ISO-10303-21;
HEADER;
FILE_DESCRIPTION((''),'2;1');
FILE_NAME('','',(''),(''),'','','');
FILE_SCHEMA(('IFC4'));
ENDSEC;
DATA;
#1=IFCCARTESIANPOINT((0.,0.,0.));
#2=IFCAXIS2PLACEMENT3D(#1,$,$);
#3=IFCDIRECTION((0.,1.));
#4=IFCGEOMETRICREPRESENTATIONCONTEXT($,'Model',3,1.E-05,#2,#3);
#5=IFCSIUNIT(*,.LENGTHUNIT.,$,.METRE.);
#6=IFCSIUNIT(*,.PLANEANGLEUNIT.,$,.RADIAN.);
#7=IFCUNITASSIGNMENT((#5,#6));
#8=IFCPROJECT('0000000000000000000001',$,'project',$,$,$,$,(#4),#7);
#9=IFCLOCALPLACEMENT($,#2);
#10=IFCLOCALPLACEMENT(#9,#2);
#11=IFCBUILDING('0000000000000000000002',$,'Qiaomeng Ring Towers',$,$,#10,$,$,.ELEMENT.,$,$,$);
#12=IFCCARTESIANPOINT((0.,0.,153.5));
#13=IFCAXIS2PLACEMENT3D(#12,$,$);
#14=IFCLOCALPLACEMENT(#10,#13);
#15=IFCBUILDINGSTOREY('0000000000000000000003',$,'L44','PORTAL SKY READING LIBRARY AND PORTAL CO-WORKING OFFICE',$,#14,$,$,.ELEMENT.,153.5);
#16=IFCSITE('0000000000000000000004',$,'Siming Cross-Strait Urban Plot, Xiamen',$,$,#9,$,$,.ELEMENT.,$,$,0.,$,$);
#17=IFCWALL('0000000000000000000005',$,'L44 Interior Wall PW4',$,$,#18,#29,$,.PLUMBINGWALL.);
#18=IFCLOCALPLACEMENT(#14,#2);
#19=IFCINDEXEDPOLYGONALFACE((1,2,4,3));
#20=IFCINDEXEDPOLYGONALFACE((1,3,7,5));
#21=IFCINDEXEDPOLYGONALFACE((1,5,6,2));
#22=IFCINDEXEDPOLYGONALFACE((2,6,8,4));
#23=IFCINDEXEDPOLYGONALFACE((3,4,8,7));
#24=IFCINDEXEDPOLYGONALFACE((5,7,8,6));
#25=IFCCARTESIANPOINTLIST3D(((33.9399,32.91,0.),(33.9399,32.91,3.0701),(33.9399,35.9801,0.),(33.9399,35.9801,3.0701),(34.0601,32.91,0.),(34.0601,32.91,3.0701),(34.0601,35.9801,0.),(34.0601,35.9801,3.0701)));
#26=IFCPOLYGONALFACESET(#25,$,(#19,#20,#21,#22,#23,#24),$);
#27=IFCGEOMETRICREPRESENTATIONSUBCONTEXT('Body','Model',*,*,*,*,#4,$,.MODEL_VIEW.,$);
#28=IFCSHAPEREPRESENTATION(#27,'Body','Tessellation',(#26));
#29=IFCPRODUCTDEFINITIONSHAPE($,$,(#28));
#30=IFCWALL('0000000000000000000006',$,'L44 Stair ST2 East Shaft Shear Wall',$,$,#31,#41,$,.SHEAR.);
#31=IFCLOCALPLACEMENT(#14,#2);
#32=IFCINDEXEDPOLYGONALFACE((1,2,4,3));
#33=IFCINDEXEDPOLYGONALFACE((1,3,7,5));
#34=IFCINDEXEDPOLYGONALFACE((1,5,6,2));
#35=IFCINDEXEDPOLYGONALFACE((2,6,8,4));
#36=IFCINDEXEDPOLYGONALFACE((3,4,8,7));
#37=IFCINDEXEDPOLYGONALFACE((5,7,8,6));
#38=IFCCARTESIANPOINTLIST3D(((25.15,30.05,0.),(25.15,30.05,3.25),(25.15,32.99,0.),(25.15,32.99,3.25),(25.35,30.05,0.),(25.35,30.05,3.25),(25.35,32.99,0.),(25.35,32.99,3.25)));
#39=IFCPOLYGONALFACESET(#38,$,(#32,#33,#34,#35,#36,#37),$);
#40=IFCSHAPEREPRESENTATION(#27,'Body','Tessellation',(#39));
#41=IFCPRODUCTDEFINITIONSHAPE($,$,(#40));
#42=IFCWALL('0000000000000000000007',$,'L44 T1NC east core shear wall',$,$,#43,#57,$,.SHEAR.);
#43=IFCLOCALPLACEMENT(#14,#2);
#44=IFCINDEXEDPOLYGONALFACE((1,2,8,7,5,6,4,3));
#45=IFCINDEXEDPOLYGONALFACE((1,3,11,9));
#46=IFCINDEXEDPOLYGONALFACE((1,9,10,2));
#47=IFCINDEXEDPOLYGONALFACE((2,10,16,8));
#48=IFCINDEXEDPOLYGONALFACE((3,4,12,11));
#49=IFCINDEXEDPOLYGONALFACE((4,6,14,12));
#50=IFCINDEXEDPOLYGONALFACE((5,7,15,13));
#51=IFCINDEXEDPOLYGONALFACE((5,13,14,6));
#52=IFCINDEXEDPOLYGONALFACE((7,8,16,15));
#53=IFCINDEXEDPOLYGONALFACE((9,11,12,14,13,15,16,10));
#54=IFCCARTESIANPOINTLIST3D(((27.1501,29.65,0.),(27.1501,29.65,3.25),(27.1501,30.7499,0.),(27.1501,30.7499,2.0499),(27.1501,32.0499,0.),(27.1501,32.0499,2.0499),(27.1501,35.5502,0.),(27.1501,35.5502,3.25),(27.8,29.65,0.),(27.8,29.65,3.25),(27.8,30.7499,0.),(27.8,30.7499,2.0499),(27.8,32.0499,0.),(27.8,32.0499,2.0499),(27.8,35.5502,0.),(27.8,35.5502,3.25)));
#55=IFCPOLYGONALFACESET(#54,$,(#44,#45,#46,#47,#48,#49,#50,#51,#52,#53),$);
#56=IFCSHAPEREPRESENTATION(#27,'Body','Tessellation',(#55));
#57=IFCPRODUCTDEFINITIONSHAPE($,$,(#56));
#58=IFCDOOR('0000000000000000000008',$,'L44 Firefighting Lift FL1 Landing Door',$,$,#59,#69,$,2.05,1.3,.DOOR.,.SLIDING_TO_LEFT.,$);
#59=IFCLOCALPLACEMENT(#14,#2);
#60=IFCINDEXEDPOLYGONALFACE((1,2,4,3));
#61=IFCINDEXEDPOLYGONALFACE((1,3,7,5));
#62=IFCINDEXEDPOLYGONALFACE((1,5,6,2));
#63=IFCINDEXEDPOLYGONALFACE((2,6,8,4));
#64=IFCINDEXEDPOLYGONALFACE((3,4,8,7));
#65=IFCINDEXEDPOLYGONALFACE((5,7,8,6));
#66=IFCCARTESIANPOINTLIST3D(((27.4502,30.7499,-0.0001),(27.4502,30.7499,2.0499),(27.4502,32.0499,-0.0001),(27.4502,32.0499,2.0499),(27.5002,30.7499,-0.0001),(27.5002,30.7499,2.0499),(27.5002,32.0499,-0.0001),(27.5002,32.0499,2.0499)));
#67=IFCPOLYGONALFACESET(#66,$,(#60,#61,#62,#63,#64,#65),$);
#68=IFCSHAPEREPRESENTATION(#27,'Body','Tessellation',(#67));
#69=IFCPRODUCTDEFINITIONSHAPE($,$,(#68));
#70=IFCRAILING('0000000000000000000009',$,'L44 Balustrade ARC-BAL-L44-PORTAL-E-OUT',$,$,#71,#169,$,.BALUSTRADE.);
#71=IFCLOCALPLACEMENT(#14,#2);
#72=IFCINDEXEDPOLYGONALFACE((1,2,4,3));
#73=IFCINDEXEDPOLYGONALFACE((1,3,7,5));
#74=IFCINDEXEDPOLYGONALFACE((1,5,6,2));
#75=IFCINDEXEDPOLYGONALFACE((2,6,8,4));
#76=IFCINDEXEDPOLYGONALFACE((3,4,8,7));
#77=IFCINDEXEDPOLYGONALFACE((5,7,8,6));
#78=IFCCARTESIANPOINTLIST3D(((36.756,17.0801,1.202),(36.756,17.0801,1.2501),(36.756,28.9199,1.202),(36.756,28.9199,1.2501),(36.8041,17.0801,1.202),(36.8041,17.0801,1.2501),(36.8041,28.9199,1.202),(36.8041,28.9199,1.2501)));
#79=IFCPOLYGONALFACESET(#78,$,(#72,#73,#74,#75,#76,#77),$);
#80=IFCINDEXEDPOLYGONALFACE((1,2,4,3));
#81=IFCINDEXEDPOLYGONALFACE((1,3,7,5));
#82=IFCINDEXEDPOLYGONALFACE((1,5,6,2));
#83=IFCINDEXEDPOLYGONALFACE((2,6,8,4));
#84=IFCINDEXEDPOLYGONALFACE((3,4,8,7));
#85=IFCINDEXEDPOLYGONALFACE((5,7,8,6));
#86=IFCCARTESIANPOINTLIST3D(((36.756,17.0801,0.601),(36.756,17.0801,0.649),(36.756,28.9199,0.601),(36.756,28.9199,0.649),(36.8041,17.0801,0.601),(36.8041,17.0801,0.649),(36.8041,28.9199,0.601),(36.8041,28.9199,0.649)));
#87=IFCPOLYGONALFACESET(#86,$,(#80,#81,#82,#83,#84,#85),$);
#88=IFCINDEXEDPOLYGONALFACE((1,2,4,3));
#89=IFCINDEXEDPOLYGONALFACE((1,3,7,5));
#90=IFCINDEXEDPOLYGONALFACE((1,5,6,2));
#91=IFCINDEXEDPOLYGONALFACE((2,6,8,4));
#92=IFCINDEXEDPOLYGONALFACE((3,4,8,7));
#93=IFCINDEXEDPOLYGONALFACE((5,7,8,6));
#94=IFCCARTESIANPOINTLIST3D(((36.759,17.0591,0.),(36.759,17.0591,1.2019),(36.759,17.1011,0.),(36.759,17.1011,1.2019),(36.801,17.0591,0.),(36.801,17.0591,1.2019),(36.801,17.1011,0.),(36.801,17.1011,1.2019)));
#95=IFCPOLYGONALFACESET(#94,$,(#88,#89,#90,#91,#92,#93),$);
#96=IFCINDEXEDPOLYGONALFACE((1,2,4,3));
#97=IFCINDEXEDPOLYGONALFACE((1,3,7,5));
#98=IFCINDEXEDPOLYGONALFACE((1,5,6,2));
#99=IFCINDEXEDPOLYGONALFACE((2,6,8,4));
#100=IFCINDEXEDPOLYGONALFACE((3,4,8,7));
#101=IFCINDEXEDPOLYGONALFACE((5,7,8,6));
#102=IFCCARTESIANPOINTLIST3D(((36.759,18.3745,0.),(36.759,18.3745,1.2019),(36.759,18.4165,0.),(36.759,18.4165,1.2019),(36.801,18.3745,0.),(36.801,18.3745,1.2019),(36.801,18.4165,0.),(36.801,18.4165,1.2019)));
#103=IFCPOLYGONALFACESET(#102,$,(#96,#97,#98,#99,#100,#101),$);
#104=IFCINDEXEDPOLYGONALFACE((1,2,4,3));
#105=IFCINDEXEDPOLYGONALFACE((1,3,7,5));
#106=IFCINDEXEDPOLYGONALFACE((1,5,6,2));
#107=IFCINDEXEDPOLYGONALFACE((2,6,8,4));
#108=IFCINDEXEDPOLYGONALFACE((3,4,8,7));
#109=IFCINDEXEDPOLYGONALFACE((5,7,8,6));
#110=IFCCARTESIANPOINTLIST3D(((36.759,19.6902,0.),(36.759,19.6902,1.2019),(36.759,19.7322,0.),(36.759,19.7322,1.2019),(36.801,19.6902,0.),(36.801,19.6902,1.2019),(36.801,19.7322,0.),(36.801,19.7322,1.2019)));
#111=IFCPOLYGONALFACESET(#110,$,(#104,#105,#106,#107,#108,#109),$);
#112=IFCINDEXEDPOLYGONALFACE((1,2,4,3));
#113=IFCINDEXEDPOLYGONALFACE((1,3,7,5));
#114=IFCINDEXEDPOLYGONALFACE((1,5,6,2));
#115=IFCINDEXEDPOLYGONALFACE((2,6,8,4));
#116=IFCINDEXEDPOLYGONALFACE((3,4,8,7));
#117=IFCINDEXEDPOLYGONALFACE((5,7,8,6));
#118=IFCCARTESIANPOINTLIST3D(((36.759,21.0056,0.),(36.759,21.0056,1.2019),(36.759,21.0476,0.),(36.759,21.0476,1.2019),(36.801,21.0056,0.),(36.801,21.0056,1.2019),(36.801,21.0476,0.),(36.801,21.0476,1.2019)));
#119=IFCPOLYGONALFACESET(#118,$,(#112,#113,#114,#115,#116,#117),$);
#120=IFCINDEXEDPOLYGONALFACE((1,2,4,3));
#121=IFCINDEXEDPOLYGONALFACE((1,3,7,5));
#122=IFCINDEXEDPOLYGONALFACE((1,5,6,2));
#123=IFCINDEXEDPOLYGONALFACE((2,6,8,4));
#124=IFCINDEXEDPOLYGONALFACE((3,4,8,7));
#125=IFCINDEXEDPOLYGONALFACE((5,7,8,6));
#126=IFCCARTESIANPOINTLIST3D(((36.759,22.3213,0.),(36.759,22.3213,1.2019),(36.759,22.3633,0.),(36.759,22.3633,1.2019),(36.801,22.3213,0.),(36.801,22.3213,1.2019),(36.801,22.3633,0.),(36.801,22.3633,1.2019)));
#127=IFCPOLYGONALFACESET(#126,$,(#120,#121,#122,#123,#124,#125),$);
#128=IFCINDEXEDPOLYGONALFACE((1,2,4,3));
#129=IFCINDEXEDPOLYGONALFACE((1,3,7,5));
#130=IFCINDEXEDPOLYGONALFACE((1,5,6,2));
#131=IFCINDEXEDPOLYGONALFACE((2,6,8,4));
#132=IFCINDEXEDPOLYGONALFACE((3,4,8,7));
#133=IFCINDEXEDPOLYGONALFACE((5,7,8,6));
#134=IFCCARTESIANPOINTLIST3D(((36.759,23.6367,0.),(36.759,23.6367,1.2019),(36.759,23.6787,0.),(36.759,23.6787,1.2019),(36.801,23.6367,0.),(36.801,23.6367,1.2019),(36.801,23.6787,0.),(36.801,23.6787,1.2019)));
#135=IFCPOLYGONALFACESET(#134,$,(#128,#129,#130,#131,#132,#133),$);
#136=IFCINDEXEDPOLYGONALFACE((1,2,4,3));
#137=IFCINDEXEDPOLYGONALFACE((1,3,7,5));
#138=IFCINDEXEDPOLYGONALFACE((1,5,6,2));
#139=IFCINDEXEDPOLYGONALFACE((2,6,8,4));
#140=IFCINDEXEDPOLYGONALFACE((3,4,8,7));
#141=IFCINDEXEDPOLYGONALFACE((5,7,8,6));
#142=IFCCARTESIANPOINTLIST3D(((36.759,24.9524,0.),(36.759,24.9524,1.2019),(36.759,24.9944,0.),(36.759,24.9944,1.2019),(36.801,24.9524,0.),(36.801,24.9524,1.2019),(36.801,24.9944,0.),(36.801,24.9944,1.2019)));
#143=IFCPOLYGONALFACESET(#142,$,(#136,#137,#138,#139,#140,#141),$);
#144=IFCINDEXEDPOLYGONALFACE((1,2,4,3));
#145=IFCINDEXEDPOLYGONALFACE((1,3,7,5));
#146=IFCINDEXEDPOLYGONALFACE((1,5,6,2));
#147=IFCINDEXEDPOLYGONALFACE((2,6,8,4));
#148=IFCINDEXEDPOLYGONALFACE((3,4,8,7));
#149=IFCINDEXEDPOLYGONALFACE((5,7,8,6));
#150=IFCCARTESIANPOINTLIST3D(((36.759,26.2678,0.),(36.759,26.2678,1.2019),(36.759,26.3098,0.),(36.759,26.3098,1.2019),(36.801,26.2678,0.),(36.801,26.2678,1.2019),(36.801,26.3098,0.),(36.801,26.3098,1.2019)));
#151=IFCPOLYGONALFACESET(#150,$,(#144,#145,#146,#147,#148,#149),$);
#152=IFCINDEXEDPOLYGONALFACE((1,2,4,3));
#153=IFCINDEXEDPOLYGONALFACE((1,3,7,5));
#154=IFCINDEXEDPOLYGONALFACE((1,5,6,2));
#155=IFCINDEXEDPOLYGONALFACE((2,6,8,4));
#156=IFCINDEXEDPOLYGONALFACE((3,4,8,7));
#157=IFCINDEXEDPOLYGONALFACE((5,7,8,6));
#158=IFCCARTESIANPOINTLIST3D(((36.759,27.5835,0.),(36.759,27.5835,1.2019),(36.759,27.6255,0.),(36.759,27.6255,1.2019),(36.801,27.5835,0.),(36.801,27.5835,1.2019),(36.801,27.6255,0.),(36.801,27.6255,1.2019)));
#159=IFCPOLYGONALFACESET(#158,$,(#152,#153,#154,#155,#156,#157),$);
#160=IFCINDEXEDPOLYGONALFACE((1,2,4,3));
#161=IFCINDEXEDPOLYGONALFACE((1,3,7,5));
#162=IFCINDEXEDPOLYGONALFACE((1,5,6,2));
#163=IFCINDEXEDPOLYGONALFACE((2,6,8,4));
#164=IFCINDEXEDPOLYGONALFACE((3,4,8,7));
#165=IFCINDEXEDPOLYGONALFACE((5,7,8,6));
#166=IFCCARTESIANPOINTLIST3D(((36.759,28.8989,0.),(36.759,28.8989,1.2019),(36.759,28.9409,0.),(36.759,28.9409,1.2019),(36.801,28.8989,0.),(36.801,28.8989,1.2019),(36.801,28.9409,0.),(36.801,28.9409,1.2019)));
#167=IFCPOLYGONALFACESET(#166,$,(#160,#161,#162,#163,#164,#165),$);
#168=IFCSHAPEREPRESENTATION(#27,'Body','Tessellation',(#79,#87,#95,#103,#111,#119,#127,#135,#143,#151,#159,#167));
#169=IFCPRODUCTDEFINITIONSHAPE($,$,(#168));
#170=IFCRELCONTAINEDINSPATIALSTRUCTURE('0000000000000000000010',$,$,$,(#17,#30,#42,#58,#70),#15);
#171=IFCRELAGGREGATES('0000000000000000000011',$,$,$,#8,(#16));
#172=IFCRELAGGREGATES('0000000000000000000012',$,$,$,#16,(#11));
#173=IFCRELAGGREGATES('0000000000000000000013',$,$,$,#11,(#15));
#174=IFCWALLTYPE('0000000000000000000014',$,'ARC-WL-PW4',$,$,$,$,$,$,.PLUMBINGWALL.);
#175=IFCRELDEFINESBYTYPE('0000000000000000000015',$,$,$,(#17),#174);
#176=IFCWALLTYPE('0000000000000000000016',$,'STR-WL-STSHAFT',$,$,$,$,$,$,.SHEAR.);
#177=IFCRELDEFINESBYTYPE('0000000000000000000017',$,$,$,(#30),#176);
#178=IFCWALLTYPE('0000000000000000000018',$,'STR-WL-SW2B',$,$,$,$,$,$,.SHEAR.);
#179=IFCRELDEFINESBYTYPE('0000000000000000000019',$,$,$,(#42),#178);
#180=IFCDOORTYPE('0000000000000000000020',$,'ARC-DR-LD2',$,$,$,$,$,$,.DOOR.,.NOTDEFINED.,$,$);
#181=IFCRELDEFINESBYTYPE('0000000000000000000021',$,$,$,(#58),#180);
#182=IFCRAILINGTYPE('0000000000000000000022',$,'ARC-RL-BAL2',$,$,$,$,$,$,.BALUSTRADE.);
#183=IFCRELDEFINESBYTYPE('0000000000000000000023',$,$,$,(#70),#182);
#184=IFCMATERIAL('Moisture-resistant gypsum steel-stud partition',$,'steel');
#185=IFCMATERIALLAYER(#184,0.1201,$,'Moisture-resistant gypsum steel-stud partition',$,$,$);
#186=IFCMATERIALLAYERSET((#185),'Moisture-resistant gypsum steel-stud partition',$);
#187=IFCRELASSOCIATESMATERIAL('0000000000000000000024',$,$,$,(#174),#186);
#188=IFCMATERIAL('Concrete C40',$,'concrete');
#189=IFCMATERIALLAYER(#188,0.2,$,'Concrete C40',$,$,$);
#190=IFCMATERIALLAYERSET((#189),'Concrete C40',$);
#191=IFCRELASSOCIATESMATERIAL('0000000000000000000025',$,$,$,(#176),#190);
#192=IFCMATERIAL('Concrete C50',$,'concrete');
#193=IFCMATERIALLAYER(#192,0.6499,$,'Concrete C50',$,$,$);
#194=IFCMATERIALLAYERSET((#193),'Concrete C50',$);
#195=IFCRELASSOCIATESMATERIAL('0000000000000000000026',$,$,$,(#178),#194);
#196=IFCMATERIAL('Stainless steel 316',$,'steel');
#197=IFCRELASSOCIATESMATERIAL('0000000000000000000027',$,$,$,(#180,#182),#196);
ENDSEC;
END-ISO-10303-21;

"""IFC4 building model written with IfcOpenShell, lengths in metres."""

from ifc_helpers import new_model, si_unit, direction, frame, frame_2d, origin, origin_2d, place, context, subcontext, project, spatial, rectangle, extrude, source, transform, mapped, material, layer, layer_set, type_object, element, fill, save


model = new_model("IFC4")

# Units and contexts
model_context = context("Model", 3, precision=1e-05, world=origin(), true_north=direction((0.0, 1.0)))
body_context = subcontext(model_context, "Body", "Model", "MODEL_VIEW")
ifc_project = project(units=[si_unit("LENGTHUNIT", "METRE"), si_unit("PLANEANGLEUNIT", "RADIAN")], contexts=[model_context])

# Site, building, storey
site_placement = place(None, origin())
site = spatial("IfcSite", under=ifc_project, at=site_placement, Name="Siming Cross-Strait Urban Plot, Xiamen", CompositionType="ELEMENT", RefElevation=0.0)
building_placement = place(site_placement, origin())
building = spatial("IfcBuilding", under=site, at=building_placement, Name="Qiaomeng Ring Towers", CompositionType="ELEMENT")
storey_placement = place(building_placement, frame((0.0, 0.0, 153.5)))
storey = spatial("IfcBuildingStorey", under=building, at=storey_placement, Name="L44", Description="PORTAL SKY READING LIBRARY AND PORTAL CO-WORKING OFFICE", CompositionType="ELEMENT", Elevation=153.5)

# Shared definitions
ifc_material_1 = material(Name="Moisture-resistant gypsum steel-stud partition", Category="steel")
ifc_layer_1 = layer(ifc_material_1, 0.1201, Name="Moisture-resistant gypsum steel-stud partition")
ifc_layer_set_1 = layer_set([ifc_layer_1], Name="Moisture-resistant gypsum steel-stud partition")
wall_type_1 = type_object("IfcWallType", Name="ARC-WL-PW4", PredefinedType="PLUMBINGWALL", material=ifc_layer_set_1)

# Walls
wall_1_placement = place(storey_placement, frame((34.0, 32.9099, 0.0), z_axis=(0.0, 0.0, 1.0), x_axis=(0.0, 1.0, 0.0)))
element("IfcWall", 1, at=wall_1_placement, inside=storey, type_object=wall_type_1, Name="L44 Interior Wall PW4", PredefinedType="PLUMBINGWALL", context=body_context, shape_type="SweptSolid", body=[
    extrude(rectangle(XDim=3.0701, YDim=0.1201, at=frame_2d((1.5352, 0.0))), origin(), (0.0, 0.0, 1.0), 3.0701),
])
ifc_material_2 = material(Name="Concrete C40", Category="concrete")
ifc_layer_2 = layer(ifc_material_2, 0.2, Name="Concrete C40")
ifc_layer_set_2 = layer_set([ifc_layer_2], Name="Concrete C40")
wall_type_2 = type_object("IfcWallType", Name="STR-WL-STSHAFT", PredefinedType="SHEAR", material=ifc_layer_set_2)
wall_2_placement = place(storey_placement, frame((25.25, 30.05, 0.0), z_axis=(0.0, 0.0, 1.0), x_axis=(0.0, 1.0, 0.0)))
element("IfcWall", 2, at=wall_2_placement, inside=storey, type_object=wall_type_2, Name="L44 Stair ST2 East Shaft Shear Wall", PredefinedType="SHEAR", context=body_context, shape_type="SweptSolid", body=[
    extrude(rectangle(XDim=2.9399, YDim=0.2, at=frame_2d((1.47, 0.0))), origin(), (0.0, 0.0, 1.0), 3.25),
])

# Wall, opening, door
ifc_material_3 = material(Name="Concrete C50", Category="concrete")
ifc_layer_3 = layer(ifc_material_3, 0.6499, Name="Concrete C50")
ifc_layer_set_3 = layer_set([ifc_layer_3], Name="Concrete C50")
wall_type_3 = type_object("IfcWallType", Name="STR-WL-SW2B", PredefinedType="SHEAR", material=ifc_layer_set_3)
wall_3_placement = place(storey_placement, frame((27.4751, 29.6499, 0.0), z_axis=(0.0, 0.0, 1.0), x_axis=(0.0, 1.0, 0.0)))
wall_3 = element("IfcWall", 3, at=wall_3_placement, inside=storey, type_object=wall_type_3, Name="L44 T1NC east core shear wall", PredefinedType="SHEAR", context=body_context, shape_type="SweptSolid", body=[
    extrude(rectangle(XDim=5.9001, YDim=0.6499, at=frame_2d((2.9502, 0.0))), origin(), (0.0, 0.0, 1.0), 3.25),
])
opening_1_placement = place(wall_3_placement, frame((1.1001, 0.0, 0.0)))
opening_1 = element("IfcOpeningElement", 4, at=opening_1_placement, cuts=wall_3, PredefinedType="OPENING", context=body_context, shape_type="SweptSolid", body=[
    extrude(rectangle(XDim=1.3, YDim=2.05, at=frame_2d((0.6499, 1.0249))), frame((0.0, 0.335, 0.0), z_axis=(0.0, -1.0, 0.0), x_axis=(1.0, 0.0, 0.0)), (0.0, 0.0, 1.0), 0.6699),
])
ifc_material_4 = material(Name="Stainless steel 316", Category="steel")
door_type_1 = type_object("IfcDoorType", Name="ARC-DR-LD2", OperationType="NOTDEFINED", PredefinedType="DOOR", material=ifc_material_4)
shared_shape_1 = source(origin(), body_context, "Body", "SweptSolid", [
    extrude(rectangle(XDim=1.3, YDim=2.05, at=frame_2d((0.6499, 1.0249))), frame((0.0, 0.0249, 0.0), z_axis=(0.0, -1.0, 0.0), x_axis=(1.0, 0.0, 0.0)), (0.0, 0.0, 1.0), 0.05),
])
door_1_placement = place(opening_1_placement, origin())
door_1 = element("IfcDoor", 5, at=door_1_placement, inside=storey, type_object=door_type_1, Name="L44 Firefighting Lift FL1 Landing Door", OperationType="SLIDING_TO_LEFT", OverallHeight=2.05, OverallWidth=1.3, PredefinedType="DOOR", context=body_context, shape_type="MappedRepresentation", body=[
    mapped(shared_shape_1, transform((0.0, 0.0, 0.0), x_axis=(1.0, 0.0, 0.0), y_axis=(0.0, 1.0, 0.0), z_axis=(0.0, 0.0, 1.0), scale=1.0)),
])
fill(opening_1, door_1)

# Railing
railing_type = type_object("IfcRailingType", Name="ARC-RL-BAL2", PredefinedType="BALUSTRADE", material=ifc_material_4)
railing_1_placement = place(storey_placement, frame((36.78, 17.0801, 0.0)))
element("IfcRailing", 6, at=railing_1_placement, inside=storey, type_object=railing_type, Name="L44 Balustrade ARC-BAL-L44-PORTAL-E-OUT", PredefinedType="BALUSTRADE", context=body_context, shape_type="SweptSolid", body=[
    extrude(rectangle(XDim=0.0481, YDim=0.0481, at=origin_2d()), frame((0.0, 0.0, 1.2261), z_axis=(0.0, 1.0, 0.0), x_axis=(-1.0, 0.0, 0.0)), (0.0, 0.0, 1.0), 11.8398),
    extrude(rectangle(XDim=0.0481, YDim=0.0481, at=origin_2d()), frame((0.0, 0.0, 0.625), z_axis=(0.0, 1.0, 0.0), x_axis=(-1.0, 0.0, 0.0)), (0.0, 0.0, 1.0), 11.8398),
    extrude(rectangle(XDim=0.042, YDim=0.042, at=origin_2d()), origin(), (0.0, 0.0, 1.0), 1.2019),
    extrude(rectangle(XDim=0.042, YDim=0.042, at=origin_2d()), frame((0.0, 1.3154, 0.0)), (0.0, 0.0, 1.0), 1.2019),
    extrude(rectangle(XDim=0.042, YDim=0.042, at=origin_2d()), frame((0.0, 2.6311, 0.0)), (0.0, 0.0, 1.0), 1.2019),
    extrude(rectangle(XDim=0.042, YDim=0.042, at=origin_2d()), frame((0.0, 3.9465, 0.0)), (0.0, 0.0, 1.0), 1.2019),
    extrude(rectangle(XDim=0.042, YDim=0.042, at=origin_2d()), frame((0.0, 5.2622, 0.0)), (0.0, 0.0, 1.0), 1.2019),
    extrude(rectangle(XDim=0.042, YDim=0.042, at=origin_2d()), frame((0.0, 6.5776, 0.0)), (0.0, 0.0, 1.0), 1.2019),
    extrude(rectangle(XDim=0.042, YDim=0.042, at=origin_2d()), frame((0.0, 7.8933, 0.0)), (0.0, 0.0, 1.0), 1.2019),
    extrude(rectangle(XDim=0.042, YDim=0.042, at=origin_2d()), frame((0.0, 9.2087, 0.0)), (0.0, 0.0, 1.0), 1.2019),
    extrude(rectangle(XDim=0.042, YDim=0.042, at=origin_2d()), frame((0.0, 10.5244, 0.0)), (0.0, 0.0, 1.0), 1.2019),
    extrude(rectangle(XDim=0.042, YDim=0.042, at=origin_2d()), frame((0.0, 11.8398, 0.0)), (0.0, 0.0, 1.0), 1.2019),
])

save(model, "model.ifc")
